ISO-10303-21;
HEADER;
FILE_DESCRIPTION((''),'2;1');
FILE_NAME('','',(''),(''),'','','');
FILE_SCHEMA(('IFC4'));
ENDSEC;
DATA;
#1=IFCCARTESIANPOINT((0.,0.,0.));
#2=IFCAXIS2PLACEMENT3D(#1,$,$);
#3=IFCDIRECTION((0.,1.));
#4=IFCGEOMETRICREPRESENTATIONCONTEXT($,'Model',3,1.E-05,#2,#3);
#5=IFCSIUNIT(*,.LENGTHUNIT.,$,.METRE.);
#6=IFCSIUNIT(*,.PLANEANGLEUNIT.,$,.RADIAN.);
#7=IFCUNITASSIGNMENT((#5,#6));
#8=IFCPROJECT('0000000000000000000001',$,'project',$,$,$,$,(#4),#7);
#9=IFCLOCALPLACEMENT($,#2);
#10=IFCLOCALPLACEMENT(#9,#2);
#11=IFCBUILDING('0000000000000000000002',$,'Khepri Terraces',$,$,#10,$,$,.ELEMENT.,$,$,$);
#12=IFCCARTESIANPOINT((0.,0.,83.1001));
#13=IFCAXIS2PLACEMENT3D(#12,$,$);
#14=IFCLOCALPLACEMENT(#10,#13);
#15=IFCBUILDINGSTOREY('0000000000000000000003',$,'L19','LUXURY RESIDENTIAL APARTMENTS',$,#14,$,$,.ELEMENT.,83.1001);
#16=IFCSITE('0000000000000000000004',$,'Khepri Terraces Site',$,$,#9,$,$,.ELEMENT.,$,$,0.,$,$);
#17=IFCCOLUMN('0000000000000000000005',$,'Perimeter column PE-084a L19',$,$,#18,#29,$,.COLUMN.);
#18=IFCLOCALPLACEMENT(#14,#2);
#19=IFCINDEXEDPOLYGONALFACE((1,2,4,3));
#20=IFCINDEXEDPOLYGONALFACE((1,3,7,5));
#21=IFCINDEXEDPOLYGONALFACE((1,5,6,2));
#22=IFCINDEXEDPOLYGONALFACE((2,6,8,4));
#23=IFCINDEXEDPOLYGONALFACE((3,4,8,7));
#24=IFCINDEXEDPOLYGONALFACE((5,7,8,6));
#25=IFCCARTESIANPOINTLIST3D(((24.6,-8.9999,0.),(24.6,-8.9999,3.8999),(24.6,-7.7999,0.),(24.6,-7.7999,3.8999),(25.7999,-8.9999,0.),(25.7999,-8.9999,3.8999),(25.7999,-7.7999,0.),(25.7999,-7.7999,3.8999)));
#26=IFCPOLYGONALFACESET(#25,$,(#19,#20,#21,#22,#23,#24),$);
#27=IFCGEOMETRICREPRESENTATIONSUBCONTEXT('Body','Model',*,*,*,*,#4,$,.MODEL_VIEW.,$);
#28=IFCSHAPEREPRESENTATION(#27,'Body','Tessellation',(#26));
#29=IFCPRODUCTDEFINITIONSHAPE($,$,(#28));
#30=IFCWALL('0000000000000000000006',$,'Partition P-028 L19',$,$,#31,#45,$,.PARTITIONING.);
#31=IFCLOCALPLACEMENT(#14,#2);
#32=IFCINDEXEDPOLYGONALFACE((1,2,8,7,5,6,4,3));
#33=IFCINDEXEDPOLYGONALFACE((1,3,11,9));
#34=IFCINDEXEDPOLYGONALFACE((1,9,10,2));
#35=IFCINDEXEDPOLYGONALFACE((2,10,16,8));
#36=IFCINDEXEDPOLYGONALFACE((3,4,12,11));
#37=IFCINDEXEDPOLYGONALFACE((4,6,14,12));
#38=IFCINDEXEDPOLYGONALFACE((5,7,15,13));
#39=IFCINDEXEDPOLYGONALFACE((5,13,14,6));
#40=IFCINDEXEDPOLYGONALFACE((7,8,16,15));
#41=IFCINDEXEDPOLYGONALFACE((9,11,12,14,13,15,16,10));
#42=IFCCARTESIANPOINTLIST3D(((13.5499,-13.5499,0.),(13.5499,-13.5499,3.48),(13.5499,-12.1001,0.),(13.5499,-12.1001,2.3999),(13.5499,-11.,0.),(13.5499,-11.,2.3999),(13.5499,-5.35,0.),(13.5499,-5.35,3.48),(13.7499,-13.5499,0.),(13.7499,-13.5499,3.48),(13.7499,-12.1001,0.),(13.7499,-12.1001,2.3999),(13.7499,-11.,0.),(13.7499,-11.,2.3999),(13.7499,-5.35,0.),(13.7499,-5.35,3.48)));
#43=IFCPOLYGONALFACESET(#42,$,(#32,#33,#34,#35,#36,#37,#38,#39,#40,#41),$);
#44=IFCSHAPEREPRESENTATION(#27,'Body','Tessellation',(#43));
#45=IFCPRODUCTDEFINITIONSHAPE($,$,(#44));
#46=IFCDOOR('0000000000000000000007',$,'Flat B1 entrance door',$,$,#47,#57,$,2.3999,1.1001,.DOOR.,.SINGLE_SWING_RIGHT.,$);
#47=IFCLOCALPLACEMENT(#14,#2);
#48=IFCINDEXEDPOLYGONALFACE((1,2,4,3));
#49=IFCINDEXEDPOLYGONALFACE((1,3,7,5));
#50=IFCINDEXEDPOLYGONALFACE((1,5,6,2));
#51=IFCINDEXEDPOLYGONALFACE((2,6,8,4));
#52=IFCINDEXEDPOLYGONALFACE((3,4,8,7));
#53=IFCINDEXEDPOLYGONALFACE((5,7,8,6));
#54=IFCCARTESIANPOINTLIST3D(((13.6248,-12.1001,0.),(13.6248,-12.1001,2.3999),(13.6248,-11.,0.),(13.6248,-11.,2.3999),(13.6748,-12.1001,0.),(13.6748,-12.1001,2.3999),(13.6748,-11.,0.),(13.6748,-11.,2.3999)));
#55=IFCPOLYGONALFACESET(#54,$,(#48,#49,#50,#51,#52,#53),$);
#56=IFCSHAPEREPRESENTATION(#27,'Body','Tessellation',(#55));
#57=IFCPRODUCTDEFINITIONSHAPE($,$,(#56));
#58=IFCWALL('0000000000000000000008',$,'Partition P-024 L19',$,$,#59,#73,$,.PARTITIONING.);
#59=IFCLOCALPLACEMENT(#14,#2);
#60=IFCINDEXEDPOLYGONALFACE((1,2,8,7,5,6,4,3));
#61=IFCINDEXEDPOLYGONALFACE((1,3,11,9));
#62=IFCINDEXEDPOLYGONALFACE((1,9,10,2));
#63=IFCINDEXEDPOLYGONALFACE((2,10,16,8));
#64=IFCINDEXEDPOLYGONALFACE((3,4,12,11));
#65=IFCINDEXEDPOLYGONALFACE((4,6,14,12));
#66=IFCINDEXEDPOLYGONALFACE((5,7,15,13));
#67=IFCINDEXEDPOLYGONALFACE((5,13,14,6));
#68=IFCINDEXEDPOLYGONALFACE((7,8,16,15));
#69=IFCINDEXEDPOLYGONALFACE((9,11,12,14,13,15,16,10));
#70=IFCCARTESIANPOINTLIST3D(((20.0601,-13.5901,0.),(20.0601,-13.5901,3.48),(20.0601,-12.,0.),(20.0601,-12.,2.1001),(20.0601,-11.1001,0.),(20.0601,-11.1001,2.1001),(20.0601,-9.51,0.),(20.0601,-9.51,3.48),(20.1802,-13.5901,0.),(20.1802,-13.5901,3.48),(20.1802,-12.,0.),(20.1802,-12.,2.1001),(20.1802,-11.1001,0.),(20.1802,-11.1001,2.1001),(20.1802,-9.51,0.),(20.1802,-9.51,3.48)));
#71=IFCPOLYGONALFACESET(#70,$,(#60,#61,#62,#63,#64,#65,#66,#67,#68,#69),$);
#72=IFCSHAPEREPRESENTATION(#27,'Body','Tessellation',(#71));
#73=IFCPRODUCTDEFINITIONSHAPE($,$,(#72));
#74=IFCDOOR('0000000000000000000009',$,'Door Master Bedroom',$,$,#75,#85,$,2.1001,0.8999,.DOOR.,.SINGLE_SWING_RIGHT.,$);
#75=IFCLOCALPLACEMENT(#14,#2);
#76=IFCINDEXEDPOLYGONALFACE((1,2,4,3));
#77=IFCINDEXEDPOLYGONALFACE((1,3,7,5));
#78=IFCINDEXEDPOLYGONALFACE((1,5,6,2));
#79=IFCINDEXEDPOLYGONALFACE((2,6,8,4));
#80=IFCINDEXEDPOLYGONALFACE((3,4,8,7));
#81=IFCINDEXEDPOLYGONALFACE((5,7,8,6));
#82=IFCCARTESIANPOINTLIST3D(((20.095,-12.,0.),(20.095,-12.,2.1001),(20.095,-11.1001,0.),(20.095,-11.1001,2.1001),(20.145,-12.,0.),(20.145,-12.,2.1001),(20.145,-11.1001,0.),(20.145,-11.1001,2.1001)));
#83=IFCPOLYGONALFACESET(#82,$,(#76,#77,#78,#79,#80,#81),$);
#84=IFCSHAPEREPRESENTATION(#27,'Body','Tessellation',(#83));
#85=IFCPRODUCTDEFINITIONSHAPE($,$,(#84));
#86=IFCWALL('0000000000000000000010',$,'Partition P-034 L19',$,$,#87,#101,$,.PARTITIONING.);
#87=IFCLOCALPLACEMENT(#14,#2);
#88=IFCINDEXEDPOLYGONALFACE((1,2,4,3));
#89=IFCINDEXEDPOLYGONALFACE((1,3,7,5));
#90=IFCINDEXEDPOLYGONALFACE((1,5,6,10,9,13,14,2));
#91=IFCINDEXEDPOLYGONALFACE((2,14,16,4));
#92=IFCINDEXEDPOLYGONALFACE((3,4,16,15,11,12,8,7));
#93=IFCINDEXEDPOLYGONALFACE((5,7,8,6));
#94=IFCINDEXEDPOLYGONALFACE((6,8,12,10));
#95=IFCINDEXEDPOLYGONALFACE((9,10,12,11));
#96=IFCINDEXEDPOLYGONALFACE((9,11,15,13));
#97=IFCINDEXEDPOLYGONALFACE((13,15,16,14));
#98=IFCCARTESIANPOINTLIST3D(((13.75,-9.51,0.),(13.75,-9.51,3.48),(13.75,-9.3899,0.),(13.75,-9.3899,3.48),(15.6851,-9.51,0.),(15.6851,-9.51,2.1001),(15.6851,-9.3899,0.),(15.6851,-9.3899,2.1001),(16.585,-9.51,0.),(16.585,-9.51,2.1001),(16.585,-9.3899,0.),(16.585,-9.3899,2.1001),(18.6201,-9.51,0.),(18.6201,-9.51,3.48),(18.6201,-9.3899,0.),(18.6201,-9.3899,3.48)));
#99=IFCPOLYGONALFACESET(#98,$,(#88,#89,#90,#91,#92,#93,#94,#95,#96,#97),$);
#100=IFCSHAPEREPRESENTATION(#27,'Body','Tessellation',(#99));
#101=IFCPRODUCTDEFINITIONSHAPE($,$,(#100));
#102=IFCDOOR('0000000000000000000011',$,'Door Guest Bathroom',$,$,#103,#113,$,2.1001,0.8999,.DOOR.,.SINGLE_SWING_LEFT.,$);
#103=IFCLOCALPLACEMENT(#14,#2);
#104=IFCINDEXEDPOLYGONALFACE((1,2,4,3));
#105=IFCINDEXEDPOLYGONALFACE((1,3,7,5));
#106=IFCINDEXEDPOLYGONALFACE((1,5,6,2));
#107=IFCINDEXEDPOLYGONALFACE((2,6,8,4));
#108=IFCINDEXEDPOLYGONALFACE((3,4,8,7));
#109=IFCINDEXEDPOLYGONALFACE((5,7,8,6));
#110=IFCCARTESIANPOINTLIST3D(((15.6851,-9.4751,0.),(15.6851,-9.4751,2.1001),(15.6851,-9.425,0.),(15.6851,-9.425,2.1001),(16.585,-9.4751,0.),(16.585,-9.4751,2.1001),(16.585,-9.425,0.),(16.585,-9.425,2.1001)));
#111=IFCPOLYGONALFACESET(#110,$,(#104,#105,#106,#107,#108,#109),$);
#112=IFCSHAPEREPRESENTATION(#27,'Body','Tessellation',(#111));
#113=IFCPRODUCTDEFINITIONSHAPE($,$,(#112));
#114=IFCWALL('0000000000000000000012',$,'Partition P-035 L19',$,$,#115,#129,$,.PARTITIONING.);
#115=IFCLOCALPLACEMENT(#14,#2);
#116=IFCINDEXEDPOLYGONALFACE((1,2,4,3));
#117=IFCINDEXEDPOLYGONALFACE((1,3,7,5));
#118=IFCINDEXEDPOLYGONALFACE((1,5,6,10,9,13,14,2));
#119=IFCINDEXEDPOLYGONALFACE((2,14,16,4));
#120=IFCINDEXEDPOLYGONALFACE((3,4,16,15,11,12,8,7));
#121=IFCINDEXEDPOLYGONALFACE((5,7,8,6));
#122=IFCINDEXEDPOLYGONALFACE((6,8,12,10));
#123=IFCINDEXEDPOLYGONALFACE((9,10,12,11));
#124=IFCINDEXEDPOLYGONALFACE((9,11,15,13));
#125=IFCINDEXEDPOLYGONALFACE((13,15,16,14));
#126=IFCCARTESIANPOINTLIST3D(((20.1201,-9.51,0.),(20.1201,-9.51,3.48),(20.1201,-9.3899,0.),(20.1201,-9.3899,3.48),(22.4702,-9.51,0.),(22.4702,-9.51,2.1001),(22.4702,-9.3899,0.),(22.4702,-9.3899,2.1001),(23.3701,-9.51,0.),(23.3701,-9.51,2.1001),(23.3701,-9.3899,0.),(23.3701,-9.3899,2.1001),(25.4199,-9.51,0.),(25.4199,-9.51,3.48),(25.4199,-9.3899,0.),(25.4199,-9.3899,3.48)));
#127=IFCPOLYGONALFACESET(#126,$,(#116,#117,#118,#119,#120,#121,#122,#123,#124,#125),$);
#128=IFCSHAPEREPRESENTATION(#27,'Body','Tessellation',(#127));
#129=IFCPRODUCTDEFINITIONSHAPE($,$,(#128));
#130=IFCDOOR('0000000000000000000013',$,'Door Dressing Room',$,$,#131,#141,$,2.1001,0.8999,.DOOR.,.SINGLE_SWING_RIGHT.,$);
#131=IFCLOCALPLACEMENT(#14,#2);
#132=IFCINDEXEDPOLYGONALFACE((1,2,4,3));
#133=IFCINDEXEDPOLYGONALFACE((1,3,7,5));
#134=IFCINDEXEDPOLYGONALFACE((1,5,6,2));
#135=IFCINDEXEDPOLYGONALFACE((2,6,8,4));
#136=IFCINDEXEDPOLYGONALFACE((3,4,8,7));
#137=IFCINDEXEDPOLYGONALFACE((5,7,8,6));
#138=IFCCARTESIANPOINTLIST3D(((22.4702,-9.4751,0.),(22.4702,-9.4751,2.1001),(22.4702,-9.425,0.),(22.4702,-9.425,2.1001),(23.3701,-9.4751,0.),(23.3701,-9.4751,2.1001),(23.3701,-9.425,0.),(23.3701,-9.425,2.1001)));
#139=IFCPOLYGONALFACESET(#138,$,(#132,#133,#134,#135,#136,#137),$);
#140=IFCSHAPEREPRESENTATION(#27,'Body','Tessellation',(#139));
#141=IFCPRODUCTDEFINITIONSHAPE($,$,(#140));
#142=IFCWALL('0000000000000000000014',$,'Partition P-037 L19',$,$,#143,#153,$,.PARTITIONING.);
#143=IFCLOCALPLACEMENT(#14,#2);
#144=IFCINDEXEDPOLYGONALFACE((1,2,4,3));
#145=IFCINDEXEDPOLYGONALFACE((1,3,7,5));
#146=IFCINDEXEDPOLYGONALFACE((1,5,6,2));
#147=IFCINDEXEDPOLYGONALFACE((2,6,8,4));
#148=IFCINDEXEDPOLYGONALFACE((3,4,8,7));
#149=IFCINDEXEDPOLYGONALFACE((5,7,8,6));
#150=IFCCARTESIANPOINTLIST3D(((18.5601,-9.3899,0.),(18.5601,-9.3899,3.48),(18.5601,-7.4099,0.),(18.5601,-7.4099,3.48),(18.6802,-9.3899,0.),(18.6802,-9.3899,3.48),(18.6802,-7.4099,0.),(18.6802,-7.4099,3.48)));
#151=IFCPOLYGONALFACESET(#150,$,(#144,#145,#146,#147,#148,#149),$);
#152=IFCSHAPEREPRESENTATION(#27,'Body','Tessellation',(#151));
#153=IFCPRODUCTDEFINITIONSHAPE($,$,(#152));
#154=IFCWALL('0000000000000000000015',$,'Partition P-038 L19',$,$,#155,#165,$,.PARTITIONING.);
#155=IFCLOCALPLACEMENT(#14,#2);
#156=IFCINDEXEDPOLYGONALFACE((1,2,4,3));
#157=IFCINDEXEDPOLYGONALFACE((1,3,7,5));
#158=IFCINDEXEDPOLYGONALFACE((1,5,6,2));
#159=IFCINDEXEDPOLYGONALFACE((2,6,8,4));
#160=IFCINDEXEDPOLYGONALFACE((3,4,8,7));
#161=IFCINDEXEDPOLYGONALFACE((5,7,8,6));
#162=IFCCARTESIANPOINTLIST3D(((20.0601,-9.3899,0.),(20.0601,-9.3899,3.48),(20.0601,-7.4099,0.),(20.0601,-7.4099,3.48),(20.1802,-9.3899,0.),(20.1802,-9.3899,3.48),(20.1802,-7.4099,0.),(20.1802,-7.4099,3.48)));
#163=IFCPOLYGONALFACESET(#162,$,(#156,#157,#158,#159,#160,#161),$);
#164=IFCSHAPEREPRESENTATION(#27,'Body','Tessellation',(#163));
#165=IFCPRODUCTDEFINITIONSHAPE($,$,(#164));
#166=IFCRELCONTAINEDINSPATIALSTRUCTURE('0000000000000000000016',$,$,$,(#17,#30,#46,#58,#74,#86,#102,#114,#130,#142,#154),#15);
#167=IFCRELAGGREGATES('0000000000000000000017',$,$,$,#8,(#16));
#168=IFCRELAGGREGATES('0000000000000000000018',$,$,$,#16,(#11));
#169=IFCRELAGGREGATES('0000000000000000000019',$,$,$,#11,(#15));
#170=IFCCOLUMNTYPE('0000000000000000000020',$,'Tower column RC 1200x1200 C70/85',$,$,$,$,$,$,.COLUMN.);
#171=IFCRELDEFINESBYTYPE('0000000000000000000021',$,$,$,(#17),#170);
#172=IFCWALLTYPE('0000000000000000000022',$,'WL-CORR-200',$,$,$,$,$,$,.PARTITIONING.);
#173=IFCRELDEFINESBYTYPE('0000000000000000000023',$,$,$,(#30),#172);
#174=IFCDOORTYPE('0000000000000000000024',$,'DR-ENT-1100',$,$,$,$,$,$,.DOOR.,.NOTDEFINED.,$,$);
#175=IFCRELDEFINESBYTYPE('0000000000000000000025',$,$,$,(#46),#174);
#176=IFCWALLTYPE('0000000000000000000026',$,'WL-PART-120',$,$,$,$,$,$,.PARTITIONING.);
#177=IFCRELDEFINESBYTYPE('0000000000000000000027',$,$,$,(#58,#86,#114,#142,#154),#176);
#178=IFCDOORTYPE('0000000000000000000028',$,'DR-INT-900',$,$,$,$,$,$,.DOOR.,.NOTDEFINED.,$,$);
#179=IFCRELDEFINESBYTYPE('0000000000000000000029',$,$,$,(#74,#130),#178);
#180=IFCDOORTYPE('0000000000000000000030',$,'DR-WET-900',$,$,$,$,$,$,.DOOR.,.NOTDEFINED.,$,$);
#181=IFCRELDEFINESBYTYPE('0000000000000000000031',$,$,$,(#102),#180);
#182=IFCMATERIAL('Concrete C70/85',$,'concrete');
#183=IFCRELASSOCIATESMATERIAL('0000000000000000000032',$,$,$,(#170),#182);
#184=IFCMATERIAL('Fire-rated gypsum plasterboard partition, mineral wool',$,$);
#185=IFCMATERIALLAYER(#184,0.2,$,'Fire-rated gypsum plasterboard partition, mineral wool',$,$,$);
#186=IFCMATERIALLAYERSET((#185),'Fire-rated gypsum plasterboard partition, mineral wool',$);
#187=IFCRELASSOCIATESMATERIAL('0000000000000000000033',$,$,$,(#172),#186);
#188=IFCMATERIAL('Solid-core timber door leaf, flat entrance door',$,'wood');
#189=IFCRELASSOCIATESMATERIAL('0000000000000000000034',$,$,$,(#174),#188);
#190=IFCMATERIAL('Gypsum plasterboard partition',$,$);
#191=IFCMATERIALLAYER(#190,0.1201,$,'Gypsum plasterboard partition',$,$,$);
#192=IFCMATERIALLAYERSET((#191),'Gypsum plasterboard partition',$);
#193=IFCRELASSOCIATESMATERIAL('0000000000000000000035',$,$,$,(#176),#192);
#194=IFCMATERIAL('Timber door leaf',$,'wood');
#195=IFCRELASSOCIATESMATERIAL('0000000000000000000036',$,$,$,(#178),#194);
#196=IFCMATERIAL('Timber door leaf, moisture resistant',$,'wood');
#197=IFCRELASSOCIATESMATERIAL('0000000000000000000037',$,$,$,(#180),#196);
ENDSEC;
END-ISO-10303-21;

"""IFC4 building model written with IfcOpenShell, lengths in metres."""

from ifc_helpers import new_model, si_unit, direction, frame, frame_2d, origin, origin_2d, place, context, subcontext, project, spatial, rectangle, extrude, material, layer, layer_set, material_profile, profile_set, type_object, element, fill, save


model = new_model("IFC4")

# Units and contexts
model_context = context("Model", 3, precision=1e-05, world=origin(), true_north=direction((0.0, 1.0)))
body_context = subcontext(model_context, "Body", "Model", "MODEL_VIEW")
ifc_project = project(units=[si_unit("LENGTHUNIT", "METRE"), si_unit("PLANEANGLEUNIT", "RADIAN")], contexts=[model_context])

# Site, building, storey
site_placement = place(None, origin())
site = spatial("IfcSite", under=ifc_project, at=site_placement, Name="Khepri Terraces Site", CompositionType="ELEMENT", RefElevation=0.0)
building_placement = place(site_placement, origin())
building = spatial("IfcBuilding", under=site, at=building_placement, Name="Khepri Terraces", CompositionType="ELEMENT")
storey_placement = place(building_placement, frame((0.0, 0.0, 83.1001)))
storey = spatial("IfcBuildingStorey", under=building, at=storey_placement, Name="L19", Description="LUXURY RESIDENTIAL APARTMENTS", CompositionType="ELEMENT", Elevation=83.1001)

# Column
ifc_material_1 = material(Name="Concrete C70/85", Category="concrete")
ifc_material_profile = material_profile(ifc_material_1, rectangle(XDim=1.2, YDim=1.2, at=origin_2d()), Name="Concrete C70/85", Category="concrete")
ifc_profile_set = profile_set([ifc_material_profile], Name="Concrete C70/85")
column_type = type_object("IfcColumnType", Name="Tower column RC 1200x1200 C70/85", PredefinedType="COLUMN", material=ifc_profile_set)
column_placement = place(storey_placement, frame((25.2, -8.3999, 0.0), z_axis=(0.0, 0.0, 1.0), x_axis=(1.0, 0.0, 0.0)))
element("IfcColumn", 1, at=column_placement, inside=storey, type_object=column_type, Name="Perimeter column PE-084a L19", PredefinedType="COLUMN", context=body_context, shape_type="SweptSolid", body=[
    extrude(rectangle(XDim=1.2, YDim=1.2, at=origin_2d()), origin(), (0.0, 0.0, 1.0), 3.8999),
])

# Wall, opening, door
ifc_material_2 = material(Name="Fire-rated gypsum plasterboard partition, mineral wool")
ifc_layer_1 = layer(ifc_material_2, 0.2, Name="Fire-rated gypsum plasterboard partition, mineral wool")
ifc_layer_set_1 = layer_set([ifc_layer_1], Name="Fire-rated gypsum plasterboard partition, mineral wool")
wall_type_1 = type_object("IfcWallType", Name="WL-CORR-200", PredefinedType="PARTITIONING", material=ifc_layer_set_1)
wall_1_placement = place(storey_placement, frame((13.6499, -13.55, 0.0), z_axis=(0.0, 0.0, 1.0), x_axis=(0.0, 1.0, 0.0)))
wall_1 = element("IfcWall", 2, at=wall_1_placement, inside=storey, type_object=wall_type_1, Name="Partition P-028 L19", PredefinedType="PARTITIONING", context=body_context, shape_type="SweptSolid", body=[
    extrude(rectangle(XDim=8.2, YDim=0.2, at=frame_2d((4.1001, 0.0))), origin(), (0.0, 0.0, 1.0), 3.48),
])
opening_1_placement = place(wall_1_placement, frame((1.45, 0.0, 0.0)))
opening_1 = element("IfcOpeningElement", 3, at=opening_1_placement, cuts=wall_1, PredefinedType="OPENING", context=body_context, shape_type="SweptSolid", body=[
    extrude(rectangle(XDim=1.1001, YDim=2.3999, at=frame_2d((0.55, 1.2))), frame((0.0, 0.1099, 0.0), z_axis=(0.0, -1.0, 0.0), x_axis=(1.0, 0.0, 0.0)), (0.0, 0.0, 1.0), 0.22),
])
ifc_material_3 = material(Name="Solid-core timber door leaf, flat entrance door", Category="wood")
door_type_1 = type_object("IfcDoorType", Name="DR-ENT-1100", OperationType="NOTDEFINED", PredefinedType="DOOR", material=ifc_material_3)
door_1_placement = place(opening_1_placement, frame((1.1001, 0.0, 0.0), z_axis=(0.0, 0.0, 1.0), x_axis=(-1.0, 0.0, 0.0)))
door_1 = element("IfcDoor", 4, at=door_1_placement, inside=storey, type_object=door_type_1, Name="Flat B1 entrance door", OperationType="SINGLE_SWING_RIGHT", OverallHeight=2.3999, OverallWidth=1.1001, PredefinedType="DOOR", context=body_context, shape_type="SweptSolid", body=[
    extrude(rectangle(XDim=1.1001, YDim=2.3999, at=frame_2d((0.55, 1.2))), frame((0.0, 0.0249, 0.0), z_axis=(0.0, -1.0, 0.0), x_axis=(1.0, 0.0, 0.0)), (0.0, 0.0, 1.0), 0.05),
])
fill(opening_1, door_1)

# Walls, openings, doors
ifc_material_4 = material(Name="Gypsum plasterboard partition")
ifc_layer_2 = layer(ifc_material_4, 0.1201, Name="Gypsum plasterboard partition")
ifc_layer_set_2 = layer_set([ifc_layer_2], Name="Gypsum plasterboard partition")
wall_type_2 = type_object("IfcWallType", Name="WL-PART-120", PredefinedType="PARTITIONING", material=ifc_layer_set_2)
wall_2_placement = place(storey_placement, frame((20.1201, -13.5901, 0.0), z_axis=(0.0, 0.0, 1.0), x_axis=(0.0, 1.0, 0.0)))
wall_2 = element("IfcWall", 5, at=wall_2_placement, inside=storey, type_object=wall_type_2, Name="Partition P-024 L19", PredefinedType="PARTITIONING", context=body_context, shape_type="SweptSolid", body=[
    extrude(rectangle(XDim=4.0801, YDim=0.1201, at=frame_2d((2.04, 0.0))), origin(), (0.0, 0.0, 1.0), 3.48),
])
opening_2_placement = place(wall_2_placement, frame((1.5901, 0.0, 0.0)))
opening_2 = element("IfcOpeningElement", 6, at=opening_2_placement, cuts=wall_2, PredefinedType="OPENING", context=body_context, shape_type="SweptSolid", body=[
    extrude(rectangle(XDim=0.8999, YDim=2.1001, at=frame_2d((0.45, 1.05))), frame((0.0, 0.0701, 0.0), z_axis=(0.0, -1.0, 0.0), x_axis=(1.0, 0.0, 0.0)), (0.0, 0.0, 1.0), 0.1401),
])
ifc_material_5 = material(Name="Timber door leaf", Category="wood")
door_type_2 = type_object("IfcDoorType", Name="DR-INT-900", OperationType="NOTDEFINED", PredefinedType="DOOR", material=ifc_material_5)
door_2_placement = place(opening_2_placement, frame((0.8999, 0.0, 0.0), z_axis=(0.0, 0.0, 1.0), x_axis=(-1.0, 0.0, 0.0)))
door_2 = element("IfcDoor", 7, at=door_2_placement, inside=storey, type_object=door_type_2, Name="Door Master Bedroom", OperationType="SINGLE_SWING_RIGHT", OverallHeight=2.1001, OverallWidth=0.8999, PredefinedType="DOOR", context=body_context, shape_type="SweptSolid", body=[
    extrude(rectangle(XDim=0.8999, YDim=2.1001, at=frame_2d((0.45, 1.05))), frame((0.0, 0.0249, 0.0), z_axis=(0.0, -1.0, 0.0), x_axis=(1.0, 0.0, 0.0)), (0.0, 0.0, 1.0), 0.05),
])
fill(opening_2, door_2)
wall_3_placement = place(storey_placement, frame((13.75, -9.45, 0.0), z_axis=(0.0, 0.0, 1.0), x_axis=(1.0, 0.0, 0.0)))
wall_3 = element("IfcWall", 8, at=wall_3_placement, inside=storey, type_object=wall_type_2, Name="Partition P-034 L19", PredefinedType="PARTITIONING", context=body_context, shape_type="SweptSolid", body=[
    extrude(rectangle(XDim=4.8701, YDim=0.1201, at=frame_2d((2.4351, 0.0))), origin(), (0.0, 0.0, 1.0), 3.48),
])
opening_3_placement = place(wall_3_placement, frame((1.9351, 0.0, 0.0)))
opening_3 = element("IfcOpeningElement", 9, at=opening_3_placement, cuts=wall_3, PredefinedType="OPENING", context=body_context, shape_type="SweptSolid", body=[
    extrude(rectangle(XDim=0.8999, YDim=2.1001, at=frame_2d((0.45, 1.05))), frame((0.0, 0.0701, 0.0), z_axis=(0.0, -1.0, 0.0), x_axis=(1.0, 0.0, 0.0)), (0.0, 0.0, 1.0), 0.1401),
])
ifc_material_6 = material(Name="Timber door leaf, moisture resistant", Category="wood")
door_type_3 = type_object("IfcDoorType", Name="DR-WET-900", OperationType="NOTDEFINED", PredefinedType="DOOR", material=ifc_material_6)
door_3_placement = place(opening_3_placement, origin())
door_3 = element("IfcDoor", 10, at=door_3_placement, inside=storey, type_object=door_type_3, Name="Door Guest Bathroom", OperationType="SINGLE_SWING_LEFT", OverallHeight=2.1001, OverallWidth=0.8999, PredefinedType="DOOR", context=body_context, shape_type="SweptSolid", body=[
    extrude(rectangle(XDim=0.8999, YDim=2.1001, at=frame_2d((0.45, 1.05))), frame((0.0, 0.0249, 0.0), z_axis=(0.0, -1.0, 0.0), x_axis=(1.0, 0.0, 0.0)), (0.0, 0.0, 1.0), 0.05),
])
fill(opening_3, door_3)
wall_4_placement = place(storey_placement, frame((20.1201, -9.45, 0.0), z_axis=(0.0, 0.0, 1.0), x_axis=(1.0, 0.0, 0.0)))
wall_4 = element("IfcWall", 11, at=wall_4_placement, inside=storey, type_object=wall_type_2, Name="Partition P-035 L19", PredefinedType="PARTITIONING", context=body_context, shape_type="SweptSolid", body=[
    extrude(rectangle(XDim=5.2998, YDim=0.1201, at=frame_2d((2.6499, 0.0))), origin(), (0.0, 0.0, 1.0), 3.48),
])
opening_4_placement = place(wall_4_placement, frame((2.3501, 0.0, 0.0)))
opening_4 = element("IfcOpeningElement", 12, at=opening_4_placement, cuts=wall_4, PredefinedType="OPENING", context=body_context, shape_type="SweptSolid", body=[
    extrude(rectangle(XDim=0.8999, YDim=2.1001, at=frame_2d((0.45, 1.05))), frame((0.0, 0.0701, 0.0), z_axis=(0.0, -1.0, 0.0), x_axis=(1.0, 0.0, 0.0)), (0.0, 0.0, 1.0), 0.1401),
])
door_4_placement = place(opening_4_placement, origin())
door_4 = element("IfcDoor", 13, at=door_4_placement, inside=storey, type_object=door_type_2, Name="Door Dressing Room", OperationType="SINGLE_SWING_RIGHT", OverallHeight=2.1001, OverallWidth=0.8999, PredefinedType="DOOR", context=body_context, shape_type="SweptSolid", body=[
    extrude(rectangle(XDim=0.8999, YDim=2.1001, at=frame_2d((0.45, 1.05))), frame((0.0, 0.0249, 0.0), z_axis=(0.0, -1.0, 0.0), x_axis=(1.0, 0.0, 0.0)), (0.0, 0.0, 1.0), 0.05),
])
fill(opening_4, door_4)

# Walls
for number, where, z_axis, x_axis, name in (
    (14, (18.6201, -9.3899, 0.0), (0.0, 0.0, 1.0), (0.0, 1.0, 0.0), "Partition P-037 L19"),
    (15, (20.1201, -9.3899, 0.0), (0.0, 0.0, 1.0), (0.0, 1.0, 0.0), "Partition P-038 L19"),
):
    element("IfcWall", number, at=place(storey_placement, frame(where, z_axis=z_axis, x_axis=x_axis)), inside=storey, type_object=wall_type_2, Name=name, PredefinedType="PARTITIONING", context=body_context, shape_type="SweptSolid", body=[
        extrude(rectangle(XDim=1.98, YDim=0.1201, at=frame_2d((0.99, 0.0))), origin(), (0.0, 0.0, 1.0), 3.48),
    ])

save(model, "model.ifc")
